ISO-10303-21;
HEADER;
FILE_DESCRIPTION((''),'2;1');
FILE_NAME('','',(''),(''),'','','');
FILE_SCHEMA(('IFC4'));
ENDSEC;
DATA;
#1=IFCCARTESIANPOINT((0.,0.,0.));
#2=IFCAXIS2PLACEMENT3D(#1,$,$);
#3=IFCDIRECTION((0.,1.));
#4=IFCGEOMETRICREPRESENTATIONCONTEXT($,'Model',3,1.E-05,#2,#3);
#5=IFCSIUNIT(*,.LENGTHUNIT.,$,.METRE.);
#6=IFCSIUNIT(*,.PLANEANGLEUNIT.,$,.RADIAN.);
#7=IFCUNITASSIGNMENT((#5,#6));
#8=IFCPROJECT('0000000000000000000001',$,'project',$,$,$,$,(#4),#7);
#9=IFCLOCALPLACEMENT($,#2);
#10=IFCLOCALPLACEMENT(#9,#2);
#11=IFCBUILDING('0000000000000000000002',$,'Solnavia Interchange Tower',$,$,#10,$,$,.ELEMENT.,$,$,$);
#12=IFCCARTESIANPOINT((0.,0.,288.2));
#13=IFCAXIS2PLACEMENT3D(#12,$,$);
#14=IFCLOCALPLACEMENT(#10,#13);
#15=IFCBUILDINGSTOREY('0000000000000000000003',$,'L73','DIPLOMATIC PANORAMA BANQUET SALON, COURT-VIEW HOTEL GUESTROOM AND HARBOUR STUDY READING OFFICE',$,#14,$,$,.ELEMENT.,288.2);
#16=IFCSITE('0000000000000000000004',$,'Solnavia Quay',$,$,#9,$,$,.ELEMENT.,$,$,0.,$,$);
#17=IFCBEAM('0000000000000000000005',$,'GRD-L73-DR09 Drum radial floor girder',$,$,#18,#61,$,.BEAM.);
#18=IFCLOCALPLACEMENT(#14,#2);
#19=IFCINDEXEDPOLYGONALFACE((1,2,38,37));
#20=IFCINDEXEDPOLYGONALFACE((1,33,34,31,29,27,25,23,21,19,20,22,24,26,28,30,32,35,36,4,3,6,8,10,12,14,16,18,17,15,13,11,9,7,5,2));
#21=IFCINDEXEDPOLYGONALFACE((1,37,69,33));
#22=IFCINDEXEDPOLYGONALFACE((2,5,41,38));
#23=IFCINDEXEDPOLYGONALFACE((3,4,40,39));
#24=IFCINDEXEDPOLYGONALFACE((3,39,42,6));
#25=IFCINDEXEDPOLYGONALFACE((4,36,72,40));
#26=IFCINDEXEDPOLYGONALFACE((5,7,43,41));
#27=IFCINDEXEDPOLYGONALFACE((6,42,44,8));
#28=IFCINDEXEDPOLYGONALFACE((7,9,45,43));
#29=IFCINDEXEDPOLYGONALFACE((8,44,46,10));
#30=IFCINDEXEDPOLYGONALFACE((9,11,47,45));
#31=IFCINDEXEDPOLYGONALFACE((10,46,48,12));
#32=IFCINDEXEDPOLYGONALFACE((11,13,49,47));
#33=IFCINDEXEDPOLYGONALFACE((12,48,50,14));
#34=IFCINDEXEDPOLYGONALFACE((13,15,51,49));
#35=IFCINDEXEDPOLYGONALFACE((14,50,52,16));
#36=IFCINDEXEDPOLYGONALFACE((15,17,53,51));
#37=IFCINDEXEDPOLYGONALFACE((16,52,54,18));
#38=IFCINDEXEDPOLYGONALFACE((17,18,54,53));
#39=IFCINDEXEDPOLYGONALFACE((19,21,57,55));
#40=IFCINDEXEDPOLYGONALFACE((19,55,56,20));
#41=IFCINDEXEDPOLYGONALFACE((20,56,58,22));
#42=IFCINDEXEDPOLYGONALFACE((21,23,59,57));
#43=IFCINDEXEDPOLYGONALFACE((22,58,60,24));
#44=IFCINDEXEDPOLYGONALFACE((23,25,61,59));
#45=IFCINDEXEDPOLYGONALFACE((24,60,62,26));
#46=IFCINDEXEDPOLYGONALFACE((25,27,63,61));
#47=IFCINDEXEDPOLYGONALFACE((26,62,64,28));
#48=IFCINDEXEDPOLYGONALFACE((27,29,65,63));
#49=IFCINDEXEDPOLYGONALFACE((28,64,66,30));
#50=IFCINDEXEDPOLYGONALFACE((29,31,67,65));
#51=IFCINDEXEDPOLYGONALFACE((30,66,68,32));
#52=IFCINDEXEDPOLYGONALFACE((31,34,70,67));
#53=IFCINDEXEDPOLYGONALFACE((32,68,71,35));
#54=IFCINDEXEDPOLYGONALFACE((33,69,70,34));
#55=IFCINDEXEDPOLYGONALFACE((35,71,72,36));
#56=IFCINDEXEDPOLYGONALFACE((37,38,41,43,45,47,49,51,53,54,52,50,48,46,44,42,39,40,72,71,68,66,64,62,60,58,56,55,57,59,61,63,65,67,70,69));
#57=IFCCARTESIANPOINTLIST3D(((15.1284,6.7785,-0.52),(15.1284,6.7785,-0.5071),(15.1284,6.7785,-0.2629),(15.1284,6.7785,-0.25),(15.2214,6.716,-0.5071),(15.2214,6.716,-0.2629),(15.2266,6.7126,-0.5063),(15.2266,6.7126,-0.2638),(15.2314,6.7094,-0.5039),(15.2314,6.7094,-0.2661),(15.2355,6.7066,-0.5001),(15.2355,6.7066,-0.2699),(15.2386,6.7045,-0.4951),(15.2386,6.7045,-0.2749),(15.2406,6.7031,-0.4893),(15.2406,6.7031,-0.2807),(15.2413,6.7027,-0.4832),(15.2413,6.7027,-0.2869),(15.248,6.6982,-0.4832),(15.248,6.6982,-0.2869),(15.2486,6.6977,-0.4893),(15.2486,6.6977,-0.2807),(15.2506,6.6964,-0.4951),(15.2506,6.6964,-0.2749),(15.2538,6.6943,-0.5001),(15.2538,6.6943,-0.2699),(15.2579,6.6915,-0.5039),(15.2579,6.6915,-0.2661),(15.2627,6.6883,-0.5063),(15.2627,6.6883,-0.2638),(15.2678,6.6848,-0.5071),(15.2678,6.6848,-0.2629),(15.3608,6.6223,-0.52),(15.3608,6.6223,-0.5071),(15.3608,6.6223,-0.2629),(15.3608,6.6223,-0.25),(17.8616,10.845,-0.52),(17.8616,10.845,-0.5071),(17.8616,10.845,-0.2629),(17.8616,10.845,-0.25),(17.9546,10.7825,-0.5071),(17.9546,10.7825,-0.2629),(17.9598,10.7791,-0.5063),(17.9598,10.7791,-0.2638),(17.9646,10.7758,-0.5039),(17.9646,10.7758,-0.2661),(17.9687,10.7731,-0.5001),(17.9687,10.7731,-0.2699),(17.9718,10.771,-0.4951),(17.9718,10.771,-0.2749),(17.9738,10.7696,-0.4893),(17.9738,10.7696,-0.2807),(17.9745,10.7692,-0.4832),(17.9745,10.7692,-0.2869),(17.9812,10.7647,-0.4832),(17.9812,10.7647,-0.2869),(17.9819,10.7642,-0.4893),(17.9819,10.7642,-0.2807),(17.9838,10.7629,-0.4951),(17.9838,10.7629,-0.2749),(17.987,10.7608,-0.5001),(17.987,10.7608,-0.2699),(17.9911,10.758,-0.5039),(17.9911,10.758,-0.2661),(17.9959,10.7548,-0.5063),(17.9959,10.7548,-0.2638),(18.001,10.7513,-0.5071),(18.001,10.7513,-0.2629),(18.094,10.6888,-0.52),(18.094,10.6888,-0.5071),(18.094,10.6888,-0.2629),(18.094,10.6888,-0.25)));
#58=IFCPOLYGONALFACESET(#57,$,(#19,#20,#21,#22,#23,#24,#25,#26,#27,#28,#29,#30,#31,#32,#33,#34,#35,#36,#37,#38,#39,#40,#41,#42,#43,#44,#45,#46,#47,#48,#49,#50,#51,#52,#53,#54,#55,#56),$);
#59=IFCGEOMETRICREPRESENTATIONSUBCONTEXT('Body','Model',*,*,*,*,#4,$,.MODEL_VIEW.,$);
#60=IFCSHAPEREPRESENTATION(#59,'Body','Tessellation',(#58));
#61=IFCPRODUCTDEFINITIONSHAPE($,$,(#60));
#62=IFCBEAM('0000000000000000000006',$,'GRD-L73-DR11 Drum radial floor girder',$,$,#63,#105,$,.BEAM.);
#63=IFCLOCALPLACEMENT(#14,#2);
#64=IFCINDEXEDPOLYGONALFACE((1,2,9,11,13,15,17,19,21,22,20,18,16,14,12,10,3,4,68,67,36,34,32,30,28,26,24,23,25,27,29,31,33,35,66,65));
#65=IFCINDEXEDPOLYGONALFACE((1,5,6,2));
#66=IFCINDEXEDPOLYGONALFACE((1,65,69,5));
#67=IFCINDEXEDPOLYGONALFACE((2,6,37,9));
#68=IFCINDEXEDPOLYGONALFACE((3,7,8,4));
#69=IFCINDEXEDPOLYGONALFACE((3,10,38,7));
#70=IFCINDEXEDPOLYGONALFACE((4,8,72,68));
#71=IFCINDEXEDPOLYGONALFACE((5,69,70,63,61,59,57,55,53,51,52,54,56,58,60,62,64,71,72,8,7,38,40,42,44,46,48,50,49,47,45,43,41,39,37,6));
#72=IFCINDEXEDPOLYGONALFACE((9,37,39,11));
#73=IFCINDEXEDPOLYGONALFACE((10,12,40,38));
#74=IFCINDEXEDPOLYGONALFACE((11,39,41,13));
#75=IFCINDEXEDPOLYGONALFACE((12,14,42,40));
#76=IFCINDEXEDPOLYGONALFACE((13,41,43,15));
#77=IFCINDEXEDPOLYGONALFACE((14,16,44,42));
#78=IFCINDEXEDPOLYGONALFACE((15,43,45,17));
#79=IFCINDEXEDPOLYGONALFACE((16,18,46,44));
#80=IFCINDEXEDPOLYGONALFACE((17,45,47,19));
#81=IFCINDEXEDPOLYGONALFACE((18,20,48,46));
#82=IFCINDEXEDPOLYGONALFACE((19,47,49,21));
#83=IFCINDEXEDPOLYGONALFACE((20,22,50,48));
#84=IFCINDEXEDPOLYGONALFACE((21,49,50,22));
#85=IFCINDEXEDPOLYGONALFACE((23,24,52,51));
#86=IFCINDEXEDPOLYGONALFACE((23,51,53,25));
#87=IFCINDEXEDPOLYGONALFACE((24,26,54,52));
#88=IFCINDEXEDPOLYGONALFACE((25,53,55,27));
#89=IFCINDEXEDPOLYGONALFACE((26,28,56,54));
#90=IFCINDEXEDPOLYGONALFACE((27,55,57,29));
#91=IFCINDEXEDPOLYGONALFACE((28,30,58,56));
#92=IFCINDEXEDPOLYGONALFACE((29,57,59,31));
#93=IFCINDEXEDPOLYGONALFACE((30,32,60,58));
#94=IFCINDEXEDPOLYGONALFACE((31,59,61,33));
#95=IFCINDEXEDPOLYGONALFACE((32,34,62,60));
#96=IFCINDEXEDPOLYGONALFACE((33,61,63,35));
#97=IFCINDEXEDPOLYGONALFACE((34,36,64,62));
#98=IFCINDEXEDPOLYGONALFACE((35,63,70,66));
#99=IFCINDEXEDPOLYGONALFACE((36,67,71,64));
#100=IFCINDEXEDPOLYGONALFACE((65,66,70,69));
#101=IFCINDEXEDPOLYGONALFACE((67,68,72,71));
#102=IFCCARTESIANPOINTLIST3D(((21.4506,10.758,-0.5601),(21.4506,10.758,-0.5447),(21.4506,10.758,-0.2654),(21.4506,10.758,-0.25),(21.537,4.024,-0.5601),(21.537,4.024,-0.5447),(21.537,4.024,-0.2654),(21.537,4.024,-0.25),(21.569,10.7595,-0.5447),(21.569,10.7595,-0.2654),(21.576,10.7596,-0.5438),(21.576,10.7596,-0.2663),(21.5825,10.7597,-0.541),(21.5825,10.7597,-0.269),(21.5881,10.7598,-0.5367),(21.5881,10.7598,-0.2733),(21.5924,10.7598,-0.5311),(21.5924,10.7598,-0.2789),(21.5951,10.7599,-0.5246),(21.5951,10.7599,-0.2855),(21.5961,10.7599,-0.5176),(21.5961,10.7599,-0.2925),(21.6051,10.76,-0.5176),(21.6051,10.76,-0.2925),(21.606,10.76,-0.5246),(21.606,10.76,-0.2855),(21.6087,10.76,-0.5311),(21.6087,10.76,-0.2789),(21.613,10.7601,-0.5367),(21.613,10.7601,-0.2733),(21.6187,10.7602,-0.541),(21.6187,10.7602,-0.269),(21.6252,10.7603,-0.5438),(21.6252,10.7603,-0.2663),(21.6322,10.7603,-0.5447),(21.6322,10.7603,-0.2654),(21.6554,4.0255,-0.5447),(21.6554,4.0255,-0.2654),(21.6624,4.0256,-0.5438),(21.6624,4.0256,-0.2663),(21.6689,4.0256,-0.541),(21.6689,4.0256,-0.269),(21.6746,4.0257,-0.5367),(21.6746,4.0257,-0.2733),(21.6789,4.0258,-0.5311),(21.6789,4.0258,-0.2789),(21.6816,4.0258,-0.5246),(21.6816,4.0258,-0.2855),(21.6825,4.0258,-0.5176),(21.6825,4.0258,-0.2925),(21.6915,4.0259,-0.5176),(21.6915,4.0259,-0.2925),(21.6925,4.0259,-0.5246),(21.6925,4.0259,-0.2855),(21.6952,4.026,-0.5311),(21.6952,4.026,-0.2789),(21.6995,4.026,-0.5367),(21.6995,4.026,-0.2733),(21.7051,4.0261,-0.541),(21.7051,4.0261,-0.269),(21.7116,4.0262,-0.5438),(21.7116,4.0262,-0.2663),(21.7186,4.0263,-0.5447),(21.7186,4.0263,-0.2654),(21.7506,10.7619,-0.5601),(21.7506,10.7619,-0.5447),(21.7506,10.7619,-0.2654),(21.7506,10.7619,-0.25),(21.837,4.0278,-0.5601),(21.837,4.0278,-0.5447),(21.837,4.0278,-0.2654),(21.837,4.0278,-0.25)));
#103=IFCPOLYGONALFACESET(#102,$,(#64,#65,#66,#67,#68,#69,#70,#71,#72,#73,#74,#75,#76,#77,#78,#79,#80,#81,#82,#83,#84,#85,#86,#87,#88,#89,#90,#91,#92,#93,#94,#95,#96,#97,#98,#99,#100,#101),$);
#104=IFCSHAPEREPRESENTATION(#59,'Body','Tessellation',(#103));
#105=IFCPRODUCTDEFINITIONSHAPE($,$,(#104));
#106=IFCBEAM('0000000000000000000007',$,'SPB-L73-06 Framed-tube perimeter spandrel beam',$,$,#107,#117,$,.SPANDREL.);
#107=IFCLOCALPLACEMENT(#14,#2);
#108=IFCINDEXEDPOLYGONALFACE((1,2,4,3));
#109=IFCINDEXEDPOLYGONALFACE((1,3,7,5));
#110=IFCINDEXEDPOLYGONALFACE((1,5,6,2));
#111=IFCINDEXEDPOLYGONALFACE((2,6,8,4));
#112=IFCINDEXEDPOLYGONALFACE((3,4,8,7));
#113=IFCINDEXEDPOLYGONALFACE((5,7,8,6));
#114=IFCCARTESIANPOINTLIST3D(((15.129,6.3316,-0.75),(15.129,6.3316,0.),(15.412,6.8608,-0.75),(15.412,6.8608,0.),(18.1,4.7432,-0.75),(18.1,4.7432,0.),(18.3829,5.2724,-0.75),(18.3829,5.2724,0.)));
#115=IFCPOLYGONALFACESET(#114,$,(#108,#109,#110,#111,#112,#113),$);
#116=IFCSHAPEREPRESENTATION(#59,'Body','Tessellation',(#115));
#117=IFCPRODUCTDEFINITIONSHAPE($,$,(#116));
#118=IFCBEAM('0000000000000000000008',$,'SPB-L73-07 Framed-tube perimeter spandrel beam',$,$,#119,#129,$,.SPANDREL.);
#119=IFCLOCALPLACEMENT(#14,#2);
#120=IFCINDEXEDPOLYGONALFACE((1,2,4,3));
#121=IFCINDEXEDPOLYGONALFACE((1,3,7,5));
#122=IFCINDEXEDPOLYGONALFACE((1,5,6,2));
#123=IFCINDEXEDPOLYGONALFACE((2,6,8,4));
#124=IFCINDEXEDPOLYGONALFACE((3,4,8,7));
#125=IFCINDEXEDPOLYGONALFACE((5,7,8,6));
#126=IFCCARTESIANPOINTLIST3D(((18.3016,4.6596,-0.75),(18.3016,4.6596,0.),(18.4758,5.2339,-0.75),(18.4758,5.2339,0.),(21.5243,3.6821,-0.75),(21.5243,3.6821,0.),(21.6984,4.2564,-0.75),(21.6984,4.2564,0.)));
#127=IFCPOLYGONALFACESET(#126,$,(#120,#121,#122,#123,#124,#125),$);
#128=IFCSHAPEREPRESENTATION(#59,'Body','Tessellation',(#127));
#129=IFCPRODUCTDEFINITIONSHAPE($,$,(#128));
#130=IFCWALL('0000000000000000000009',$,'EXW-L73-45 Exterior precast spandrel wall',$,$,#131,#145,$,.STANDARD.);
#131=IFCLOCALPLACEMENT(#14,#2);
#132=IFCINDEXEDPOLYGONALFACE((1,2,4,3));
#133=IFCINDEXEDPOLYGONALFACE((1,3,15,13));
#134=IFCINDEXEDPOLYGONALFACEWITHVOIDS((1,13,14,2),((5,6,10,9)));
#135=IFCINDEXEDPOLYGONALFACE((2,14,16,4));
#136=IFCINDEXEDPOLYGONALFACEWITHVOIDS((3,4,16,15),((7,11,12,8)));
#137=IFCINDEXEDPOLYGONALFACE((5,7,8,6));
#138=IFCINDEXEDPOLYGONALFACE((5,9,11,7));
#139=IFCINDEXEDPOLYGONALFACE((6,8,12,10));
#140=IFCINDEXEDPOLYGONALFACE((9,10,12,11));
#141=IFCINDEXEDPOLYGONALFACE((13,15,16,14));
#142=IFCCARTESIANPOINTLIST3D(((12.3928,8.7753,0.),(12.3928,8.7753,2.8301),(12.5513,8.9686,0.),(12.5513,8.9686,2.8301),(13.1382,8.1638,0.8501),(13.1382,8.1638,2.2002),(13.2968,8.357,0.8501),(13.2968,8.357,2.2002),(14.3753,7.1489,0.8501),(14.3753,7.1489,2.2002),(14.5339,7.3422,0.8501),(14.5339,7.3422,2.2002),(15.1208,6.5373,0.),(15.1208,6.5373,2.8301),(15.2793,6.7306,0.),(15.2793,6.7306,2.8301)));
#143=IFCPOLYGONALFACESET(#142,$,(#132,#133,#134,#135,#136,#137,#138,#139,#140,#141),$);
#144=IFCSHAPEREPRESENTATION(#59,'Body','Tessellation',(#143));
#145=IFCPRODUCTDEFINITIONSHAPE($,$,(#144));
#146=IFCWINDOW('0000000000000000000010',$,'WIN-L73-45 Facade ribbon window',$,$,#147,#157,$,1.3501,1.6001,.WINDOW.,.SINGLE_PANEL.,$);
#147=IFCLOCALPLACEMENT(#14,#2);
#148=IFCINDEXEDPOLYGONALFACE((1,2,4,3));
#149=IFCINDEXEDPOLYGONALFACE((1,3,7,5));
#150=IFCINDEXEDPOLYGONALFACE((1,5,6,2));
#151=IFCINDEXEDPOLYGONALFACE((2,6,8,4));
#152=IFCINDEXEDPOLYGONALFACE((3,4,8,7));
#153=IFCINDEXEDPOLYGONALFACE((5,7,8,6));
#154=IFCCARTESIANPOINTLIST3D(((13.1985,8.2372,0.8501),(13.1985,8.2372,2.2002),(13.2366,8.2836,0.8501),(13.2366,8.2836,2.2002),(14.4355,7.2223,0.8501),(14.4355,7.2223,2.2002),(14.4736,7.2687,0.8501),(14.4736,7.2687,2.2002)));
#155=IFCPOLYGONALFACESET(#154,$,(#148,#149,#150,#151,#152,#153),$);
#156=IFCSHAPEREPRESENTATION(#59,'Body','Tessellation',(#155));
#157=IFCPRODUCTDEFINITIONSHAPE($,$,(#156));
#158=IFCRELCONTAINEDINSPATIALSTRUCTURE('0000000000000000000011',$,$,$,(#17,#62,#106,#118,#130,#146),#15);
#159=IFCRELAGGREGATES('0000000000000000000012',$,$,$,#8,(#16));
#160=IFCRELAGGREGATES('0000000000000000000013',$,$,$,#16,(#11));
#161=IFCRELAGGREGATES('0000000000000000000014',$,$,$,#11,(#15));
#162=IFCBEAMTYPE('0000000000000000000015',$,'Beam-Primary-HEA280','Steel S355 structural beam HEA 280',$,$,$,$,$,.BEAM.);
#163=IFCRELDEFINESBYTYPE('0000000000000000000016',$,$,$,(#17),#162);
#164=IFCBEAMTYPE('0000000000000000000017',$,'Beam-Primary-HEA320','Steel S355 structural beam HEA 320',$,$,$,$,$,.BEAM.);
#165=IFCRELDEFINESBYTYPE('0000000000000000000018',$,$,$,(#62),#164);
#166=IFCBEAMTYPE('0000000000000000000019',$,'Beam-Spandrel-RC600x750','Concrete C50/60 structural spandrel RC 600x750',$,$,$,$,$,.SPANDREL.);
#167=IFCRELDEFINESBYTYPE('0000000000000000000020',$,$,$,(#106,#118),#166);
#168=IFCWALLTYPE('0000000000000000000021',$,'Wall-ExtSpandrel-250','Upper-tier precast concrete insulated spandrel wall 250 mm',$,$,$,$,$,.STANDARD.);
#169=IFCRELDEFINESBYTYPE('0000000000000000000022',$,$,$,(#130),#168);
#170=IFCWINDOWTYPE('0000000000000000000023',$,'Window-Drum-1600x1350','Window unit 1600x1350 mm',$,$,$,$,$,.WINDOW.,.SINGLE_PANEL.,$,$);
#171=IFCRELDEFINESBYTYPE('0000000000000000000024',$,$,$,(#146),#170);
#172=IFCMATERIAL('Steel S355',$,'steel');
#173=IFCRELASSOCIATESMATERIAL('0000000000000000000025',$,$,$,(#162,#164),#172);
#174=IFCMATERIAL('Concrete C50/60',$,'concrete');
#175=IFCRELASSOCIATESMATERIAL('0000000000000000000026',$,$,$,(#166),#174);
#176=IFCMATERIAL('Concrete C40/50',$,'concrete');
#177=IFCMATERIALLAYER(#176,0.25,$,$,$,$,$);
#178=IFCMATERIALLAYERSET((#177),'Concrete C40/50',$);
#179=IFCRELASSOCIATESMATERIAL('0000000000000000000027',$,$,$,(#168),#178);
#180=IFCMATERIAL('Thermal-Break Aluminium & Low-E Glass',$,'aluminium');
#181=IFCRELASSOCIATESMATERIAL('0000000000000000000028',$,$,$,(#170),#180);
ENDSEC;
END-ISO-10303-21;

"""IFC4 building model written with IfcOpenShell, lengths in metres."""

from ifc_helpers import new_model, si_unit, direction, frame, frame_2d, origin, origin_2d, place, context, subcontext, project, spatial, rectangle, i_section, extrude, material, layer, layer_set, material_profile, profile_set, type_object, element, fill, save


model = new_model("IFC4")

# Units and contexts
model_context = context("Model", 3, precision=1e-05, world=origin(), true_north=direction((0.0, 1.0)))
body_context = subcontext(model_context, "Body", "Model", "MODEL_VIEW")
ifc_project = project(units=[si_unit("LENGTHUNIT", "METRE"), si_unit("PLANEANGLEUNIT", "RADIAN")], contexts=[model_context])

# Site, building, storey
site_placement = place(None, origin())
site = spatial("IfcSite", under=ifc_project, at=site_placement, Name="Solnavia Quay", CompositionType="ELEMENT", RefElevation=0.0)
building_placement = place(site_placement, origin())
building = spatial("IfcBuilding", under=site, at=building_placement, Name="Solnavia Interchange Tower", CompositionType="ELEMENT")
storey_placement = place(building_placement, frame((0.0, 0.0, 288.2)))
storey = spatial("IfcBuildingStorey", under=building, at=storey_placement, Name="L73", Description="DIPLOMATIC PANORAMA BANQUET SALON, COURT-VIEW HOTEL GUESTROOM AND HARBOUR STUDY READING OFFICE", CompositionType="ELEMENT", Elevation=288.2)

# Shared definitions
ifc_material_1 = material(Name="Concrete C50/60", Category="concrete")

# Beams
ifc_material_2 = material(Name="Steel S355", Category="steel")
ifc_material_profile_1 = material_profile(ifc_material_2, i_section(OverallWidth=0.28, OverallDepth=0.27, WebThickness=0.0081, FlangeThickness=0.0129, FilletRadius=0.0239, at=origin_2d()), Name="HEA 280")
ifc_profile_set_1 = profile_set([ifc_material_profile_1], Name="Steel S355")
beam_type_1 = type_object("IfcBeamType", Name="Beam-Primary-HEA280", Description="Steel S355 structural beam HEA 280", PredefinedType="BEAM", material=ifc_profile_set_1)
beam_1_placement = place(storey_placement, frame((15.2446, 6.7004, -0.385), z_axis=(0.557835, 0.829952, 0.0), x_axis=(-0.829952, 0.557835, 0.0)))
element("IfcBeam", 1, at=beam_1_placement, inside=storey, type_object=beam_type_1, Name="GRD-L73-DR09 Drum radial floor girder", PredefinedType="BEAM", context=body_context, shape_type="SweptSolid", body=[
    extrude(i_section(OverallWidth=0.28, OverallDepth=0.27, WebThickness=0.0081, FlangeThickness=0.0129, FilletRadius=0.0239, at=origin_2d()), origin(), (0.0, 0.0, 1.0), 4.8997),
])
ifc_material_profile_2 = material_profile(ifc_material_2, i_section(OverallWidth=0.3, OverallDepth=0.3101, WebThickness=0.009, FlangeThickness=0.0154, FilletRadius=0.0271, at=origin_2d()), Name="HEA 320")
ifc_profile_set_2 = profile_set([ifc_material_profile_2], Name="Steel S355")
beam_type_2 = type_object("IfcBeamType", Name="Beam-Primary-HEA320", Description="Steel S355 structural beam HEA 320", PredefinedType="BEAM", material=ifc_profile_set_2)
beam_2_placement = place(storey_placement, frame((21.687, 4.0259, -0.405), z_axis=(-0.012833, 0.999918, 0.0), x_axis=(-0.999918, -0.012833, 0.0)))
element("IfcBeam", 2, at=beam_2_placement, inside=storey, type_object=beam_type_2, Name="GRD-L73-DR11 Drum radial floor girder", PredefinedType="BEAM", context=body_context, shape_type="SweptSolid", body=[
    extrude(i_section(OverallWidth=0.3, OverallDepth=0.3101, WebThickness=0.009, FlangeThickness=0.0154, FilletRadius=0.0271, at=origin_2d()), origin(), (0.0, 0.0, 1.0), 6.7346),
])
ifc_material_profile_3 = material_profile(ifc_material_1, rectangle(XDim=0.6001, YDim=0.75, at=origin_2d()), Name="RC 600x750")
ifc_profile_set_3 = profile_set([ifc_material_profile_3], Name="Concrete C50/60")
beam_type_3 = type_object("IfcBeamType", Name="Beam-Spandrel-RC600x750", Description="Concrete C50/60 structural spandrel RC 600x750", PredefinedType="SPANDREL", material=ifc_profile_set_3)
beam_3_placement = place(storey_placement, frame((15.2705, 6.5962, -0.375), z_axis=(0.881875, -0.471483, 0.0), x_axis=(0.471483, 0.881875, 0.0)))
element("IfcBeam", 3, at=beam_3_placement, inside=storey, type_object=beam_type_3, Name="SPB-L73-06 Framed-tube perimeter spandrel beam", PredefinedType="SPANDREL", context=body_context, shape_type="SweptSolid", body=[
    extrude(rectangle(XDim=0.6001, YDim=0.75, at=origin_2d()), origin(), (0.0, 0.0, 1.0), 3.3689),
])
beam_4_placement = place(storey_placement, frame((18.3887, 4.9468, -0.375), z_axis=(0.956944, -0.290273, 0.0), x_axis=(0.290273, 0.956944, 0.0)))
element("IfcBeam", 4, at=beam_4_placement, inside=storey, type_object=beam_type_3, Name="SPB-L73-07 Framed-tube perimeter spandrel beam", PredefinedType="SPANDREL", context=body_context, shape_type="SweptSolid", body=[
    extrude(rectangle(XDim=0.6001, YDim=0.75, at=origin_2d()), origin(), (0.0, 0.0, 1.0), 3.3677),
])

# Wall, opening, window
ifc_material_3 = material(Name="Concrete C40/50", Category="concrete")
ifc_layer_1 = layer(ifc_material_3, 0.25)
ifc_layer_set_1 = layer_set([ifc_layer_1], Name="Concrete C40/50")
wall_type_1 = type_object("IfcWallType", Name="Wall-ExtSpandrel-250", Description="Upper-tier precast concrete insulated spandrel wall 250 mm", PredefinedType="STANDARD", material=ifc_layer_set_1)
wall_1_placement = place(storey_placement, frame((15.2, 6.634, 0.0), z_axis=(0.0, 0.0, 1.0), x_axis=(-0.773121, 0.634258, 0.0)))
wall_1 = element("IfcWall", 5, at=wall_1_placement, inside=storey, type_object=wall_type_1, Name="EXW-L73-45 Exterior precast spandrel wall", PredefinedType="STANDARD", context=body_context, shape_type="SweptSolid", body=[
    extrude(rectangle(XDim=3.5286, YDim=0.25, at=frame_2d((1.7642, 0.0))), origin(), (0.0, 0.0, 1.0), 2.8301),
])
opening_1_placement = place(wall_1_placement, frame((0.9641, 0.0, 0.8501)))
opening_1 = element("IfcOpeningElement", 6, at=opening_1_placement, cuts=wall_1, PredefinedType="OPENING", context=body_context, shape_type="SweptSolid", body=[
    extrude(rectangle(XDim=1.6001, YDim=1.3501, at=frame_2d((0.8, 0.675))), frame((0.0, 0.135, 0.0), z_axis=(0.0, -1.0, 0.0), x_axis=(1.0, 0.0, 0.0)), (0.0, 0.0, 1.0), 0.27),
])
ifc_material_4 = material(Name="Thermal-Break Aluminium & Low-E Glass", Category="aluminium")
window_type = type_object("IfcWindowType", Name="Window-Drum-1600x1350", Description="Window unit 1600x1350 mm", PartitioningType="SINGLE_PANEL", PredefinedType="WINDOW", material=ifc_material_4)
window_1_placement = place(opening_1_placement, origin())
window_1 = element("IfcWindow", 7, at=window_1_placement, inside=storey, type_object=window_type, Name="WIN-L73-45 Facade ribbon window", OverallHeight=1.3501, OverallWidth=1.6001, PartitioningType="SINGLE_PANEL", PredefinedType="WINDOW", context=body_context, shape_type="SweptSolid", body=[
    extrude(rectangle(XDim=1.6001, YDim=1.3501, at=frame_2d((0.8, 0.675))), frame((0.0, 0.03, 0.0), z_axis=(0.0, -1.0, 0.0), x_axis=(1.0, 0.0, 0.0)), (0.0, 0.0, 1.0), 0.0601),
])
fill(opening_1, window_1)

save(model, "model.ifc")
